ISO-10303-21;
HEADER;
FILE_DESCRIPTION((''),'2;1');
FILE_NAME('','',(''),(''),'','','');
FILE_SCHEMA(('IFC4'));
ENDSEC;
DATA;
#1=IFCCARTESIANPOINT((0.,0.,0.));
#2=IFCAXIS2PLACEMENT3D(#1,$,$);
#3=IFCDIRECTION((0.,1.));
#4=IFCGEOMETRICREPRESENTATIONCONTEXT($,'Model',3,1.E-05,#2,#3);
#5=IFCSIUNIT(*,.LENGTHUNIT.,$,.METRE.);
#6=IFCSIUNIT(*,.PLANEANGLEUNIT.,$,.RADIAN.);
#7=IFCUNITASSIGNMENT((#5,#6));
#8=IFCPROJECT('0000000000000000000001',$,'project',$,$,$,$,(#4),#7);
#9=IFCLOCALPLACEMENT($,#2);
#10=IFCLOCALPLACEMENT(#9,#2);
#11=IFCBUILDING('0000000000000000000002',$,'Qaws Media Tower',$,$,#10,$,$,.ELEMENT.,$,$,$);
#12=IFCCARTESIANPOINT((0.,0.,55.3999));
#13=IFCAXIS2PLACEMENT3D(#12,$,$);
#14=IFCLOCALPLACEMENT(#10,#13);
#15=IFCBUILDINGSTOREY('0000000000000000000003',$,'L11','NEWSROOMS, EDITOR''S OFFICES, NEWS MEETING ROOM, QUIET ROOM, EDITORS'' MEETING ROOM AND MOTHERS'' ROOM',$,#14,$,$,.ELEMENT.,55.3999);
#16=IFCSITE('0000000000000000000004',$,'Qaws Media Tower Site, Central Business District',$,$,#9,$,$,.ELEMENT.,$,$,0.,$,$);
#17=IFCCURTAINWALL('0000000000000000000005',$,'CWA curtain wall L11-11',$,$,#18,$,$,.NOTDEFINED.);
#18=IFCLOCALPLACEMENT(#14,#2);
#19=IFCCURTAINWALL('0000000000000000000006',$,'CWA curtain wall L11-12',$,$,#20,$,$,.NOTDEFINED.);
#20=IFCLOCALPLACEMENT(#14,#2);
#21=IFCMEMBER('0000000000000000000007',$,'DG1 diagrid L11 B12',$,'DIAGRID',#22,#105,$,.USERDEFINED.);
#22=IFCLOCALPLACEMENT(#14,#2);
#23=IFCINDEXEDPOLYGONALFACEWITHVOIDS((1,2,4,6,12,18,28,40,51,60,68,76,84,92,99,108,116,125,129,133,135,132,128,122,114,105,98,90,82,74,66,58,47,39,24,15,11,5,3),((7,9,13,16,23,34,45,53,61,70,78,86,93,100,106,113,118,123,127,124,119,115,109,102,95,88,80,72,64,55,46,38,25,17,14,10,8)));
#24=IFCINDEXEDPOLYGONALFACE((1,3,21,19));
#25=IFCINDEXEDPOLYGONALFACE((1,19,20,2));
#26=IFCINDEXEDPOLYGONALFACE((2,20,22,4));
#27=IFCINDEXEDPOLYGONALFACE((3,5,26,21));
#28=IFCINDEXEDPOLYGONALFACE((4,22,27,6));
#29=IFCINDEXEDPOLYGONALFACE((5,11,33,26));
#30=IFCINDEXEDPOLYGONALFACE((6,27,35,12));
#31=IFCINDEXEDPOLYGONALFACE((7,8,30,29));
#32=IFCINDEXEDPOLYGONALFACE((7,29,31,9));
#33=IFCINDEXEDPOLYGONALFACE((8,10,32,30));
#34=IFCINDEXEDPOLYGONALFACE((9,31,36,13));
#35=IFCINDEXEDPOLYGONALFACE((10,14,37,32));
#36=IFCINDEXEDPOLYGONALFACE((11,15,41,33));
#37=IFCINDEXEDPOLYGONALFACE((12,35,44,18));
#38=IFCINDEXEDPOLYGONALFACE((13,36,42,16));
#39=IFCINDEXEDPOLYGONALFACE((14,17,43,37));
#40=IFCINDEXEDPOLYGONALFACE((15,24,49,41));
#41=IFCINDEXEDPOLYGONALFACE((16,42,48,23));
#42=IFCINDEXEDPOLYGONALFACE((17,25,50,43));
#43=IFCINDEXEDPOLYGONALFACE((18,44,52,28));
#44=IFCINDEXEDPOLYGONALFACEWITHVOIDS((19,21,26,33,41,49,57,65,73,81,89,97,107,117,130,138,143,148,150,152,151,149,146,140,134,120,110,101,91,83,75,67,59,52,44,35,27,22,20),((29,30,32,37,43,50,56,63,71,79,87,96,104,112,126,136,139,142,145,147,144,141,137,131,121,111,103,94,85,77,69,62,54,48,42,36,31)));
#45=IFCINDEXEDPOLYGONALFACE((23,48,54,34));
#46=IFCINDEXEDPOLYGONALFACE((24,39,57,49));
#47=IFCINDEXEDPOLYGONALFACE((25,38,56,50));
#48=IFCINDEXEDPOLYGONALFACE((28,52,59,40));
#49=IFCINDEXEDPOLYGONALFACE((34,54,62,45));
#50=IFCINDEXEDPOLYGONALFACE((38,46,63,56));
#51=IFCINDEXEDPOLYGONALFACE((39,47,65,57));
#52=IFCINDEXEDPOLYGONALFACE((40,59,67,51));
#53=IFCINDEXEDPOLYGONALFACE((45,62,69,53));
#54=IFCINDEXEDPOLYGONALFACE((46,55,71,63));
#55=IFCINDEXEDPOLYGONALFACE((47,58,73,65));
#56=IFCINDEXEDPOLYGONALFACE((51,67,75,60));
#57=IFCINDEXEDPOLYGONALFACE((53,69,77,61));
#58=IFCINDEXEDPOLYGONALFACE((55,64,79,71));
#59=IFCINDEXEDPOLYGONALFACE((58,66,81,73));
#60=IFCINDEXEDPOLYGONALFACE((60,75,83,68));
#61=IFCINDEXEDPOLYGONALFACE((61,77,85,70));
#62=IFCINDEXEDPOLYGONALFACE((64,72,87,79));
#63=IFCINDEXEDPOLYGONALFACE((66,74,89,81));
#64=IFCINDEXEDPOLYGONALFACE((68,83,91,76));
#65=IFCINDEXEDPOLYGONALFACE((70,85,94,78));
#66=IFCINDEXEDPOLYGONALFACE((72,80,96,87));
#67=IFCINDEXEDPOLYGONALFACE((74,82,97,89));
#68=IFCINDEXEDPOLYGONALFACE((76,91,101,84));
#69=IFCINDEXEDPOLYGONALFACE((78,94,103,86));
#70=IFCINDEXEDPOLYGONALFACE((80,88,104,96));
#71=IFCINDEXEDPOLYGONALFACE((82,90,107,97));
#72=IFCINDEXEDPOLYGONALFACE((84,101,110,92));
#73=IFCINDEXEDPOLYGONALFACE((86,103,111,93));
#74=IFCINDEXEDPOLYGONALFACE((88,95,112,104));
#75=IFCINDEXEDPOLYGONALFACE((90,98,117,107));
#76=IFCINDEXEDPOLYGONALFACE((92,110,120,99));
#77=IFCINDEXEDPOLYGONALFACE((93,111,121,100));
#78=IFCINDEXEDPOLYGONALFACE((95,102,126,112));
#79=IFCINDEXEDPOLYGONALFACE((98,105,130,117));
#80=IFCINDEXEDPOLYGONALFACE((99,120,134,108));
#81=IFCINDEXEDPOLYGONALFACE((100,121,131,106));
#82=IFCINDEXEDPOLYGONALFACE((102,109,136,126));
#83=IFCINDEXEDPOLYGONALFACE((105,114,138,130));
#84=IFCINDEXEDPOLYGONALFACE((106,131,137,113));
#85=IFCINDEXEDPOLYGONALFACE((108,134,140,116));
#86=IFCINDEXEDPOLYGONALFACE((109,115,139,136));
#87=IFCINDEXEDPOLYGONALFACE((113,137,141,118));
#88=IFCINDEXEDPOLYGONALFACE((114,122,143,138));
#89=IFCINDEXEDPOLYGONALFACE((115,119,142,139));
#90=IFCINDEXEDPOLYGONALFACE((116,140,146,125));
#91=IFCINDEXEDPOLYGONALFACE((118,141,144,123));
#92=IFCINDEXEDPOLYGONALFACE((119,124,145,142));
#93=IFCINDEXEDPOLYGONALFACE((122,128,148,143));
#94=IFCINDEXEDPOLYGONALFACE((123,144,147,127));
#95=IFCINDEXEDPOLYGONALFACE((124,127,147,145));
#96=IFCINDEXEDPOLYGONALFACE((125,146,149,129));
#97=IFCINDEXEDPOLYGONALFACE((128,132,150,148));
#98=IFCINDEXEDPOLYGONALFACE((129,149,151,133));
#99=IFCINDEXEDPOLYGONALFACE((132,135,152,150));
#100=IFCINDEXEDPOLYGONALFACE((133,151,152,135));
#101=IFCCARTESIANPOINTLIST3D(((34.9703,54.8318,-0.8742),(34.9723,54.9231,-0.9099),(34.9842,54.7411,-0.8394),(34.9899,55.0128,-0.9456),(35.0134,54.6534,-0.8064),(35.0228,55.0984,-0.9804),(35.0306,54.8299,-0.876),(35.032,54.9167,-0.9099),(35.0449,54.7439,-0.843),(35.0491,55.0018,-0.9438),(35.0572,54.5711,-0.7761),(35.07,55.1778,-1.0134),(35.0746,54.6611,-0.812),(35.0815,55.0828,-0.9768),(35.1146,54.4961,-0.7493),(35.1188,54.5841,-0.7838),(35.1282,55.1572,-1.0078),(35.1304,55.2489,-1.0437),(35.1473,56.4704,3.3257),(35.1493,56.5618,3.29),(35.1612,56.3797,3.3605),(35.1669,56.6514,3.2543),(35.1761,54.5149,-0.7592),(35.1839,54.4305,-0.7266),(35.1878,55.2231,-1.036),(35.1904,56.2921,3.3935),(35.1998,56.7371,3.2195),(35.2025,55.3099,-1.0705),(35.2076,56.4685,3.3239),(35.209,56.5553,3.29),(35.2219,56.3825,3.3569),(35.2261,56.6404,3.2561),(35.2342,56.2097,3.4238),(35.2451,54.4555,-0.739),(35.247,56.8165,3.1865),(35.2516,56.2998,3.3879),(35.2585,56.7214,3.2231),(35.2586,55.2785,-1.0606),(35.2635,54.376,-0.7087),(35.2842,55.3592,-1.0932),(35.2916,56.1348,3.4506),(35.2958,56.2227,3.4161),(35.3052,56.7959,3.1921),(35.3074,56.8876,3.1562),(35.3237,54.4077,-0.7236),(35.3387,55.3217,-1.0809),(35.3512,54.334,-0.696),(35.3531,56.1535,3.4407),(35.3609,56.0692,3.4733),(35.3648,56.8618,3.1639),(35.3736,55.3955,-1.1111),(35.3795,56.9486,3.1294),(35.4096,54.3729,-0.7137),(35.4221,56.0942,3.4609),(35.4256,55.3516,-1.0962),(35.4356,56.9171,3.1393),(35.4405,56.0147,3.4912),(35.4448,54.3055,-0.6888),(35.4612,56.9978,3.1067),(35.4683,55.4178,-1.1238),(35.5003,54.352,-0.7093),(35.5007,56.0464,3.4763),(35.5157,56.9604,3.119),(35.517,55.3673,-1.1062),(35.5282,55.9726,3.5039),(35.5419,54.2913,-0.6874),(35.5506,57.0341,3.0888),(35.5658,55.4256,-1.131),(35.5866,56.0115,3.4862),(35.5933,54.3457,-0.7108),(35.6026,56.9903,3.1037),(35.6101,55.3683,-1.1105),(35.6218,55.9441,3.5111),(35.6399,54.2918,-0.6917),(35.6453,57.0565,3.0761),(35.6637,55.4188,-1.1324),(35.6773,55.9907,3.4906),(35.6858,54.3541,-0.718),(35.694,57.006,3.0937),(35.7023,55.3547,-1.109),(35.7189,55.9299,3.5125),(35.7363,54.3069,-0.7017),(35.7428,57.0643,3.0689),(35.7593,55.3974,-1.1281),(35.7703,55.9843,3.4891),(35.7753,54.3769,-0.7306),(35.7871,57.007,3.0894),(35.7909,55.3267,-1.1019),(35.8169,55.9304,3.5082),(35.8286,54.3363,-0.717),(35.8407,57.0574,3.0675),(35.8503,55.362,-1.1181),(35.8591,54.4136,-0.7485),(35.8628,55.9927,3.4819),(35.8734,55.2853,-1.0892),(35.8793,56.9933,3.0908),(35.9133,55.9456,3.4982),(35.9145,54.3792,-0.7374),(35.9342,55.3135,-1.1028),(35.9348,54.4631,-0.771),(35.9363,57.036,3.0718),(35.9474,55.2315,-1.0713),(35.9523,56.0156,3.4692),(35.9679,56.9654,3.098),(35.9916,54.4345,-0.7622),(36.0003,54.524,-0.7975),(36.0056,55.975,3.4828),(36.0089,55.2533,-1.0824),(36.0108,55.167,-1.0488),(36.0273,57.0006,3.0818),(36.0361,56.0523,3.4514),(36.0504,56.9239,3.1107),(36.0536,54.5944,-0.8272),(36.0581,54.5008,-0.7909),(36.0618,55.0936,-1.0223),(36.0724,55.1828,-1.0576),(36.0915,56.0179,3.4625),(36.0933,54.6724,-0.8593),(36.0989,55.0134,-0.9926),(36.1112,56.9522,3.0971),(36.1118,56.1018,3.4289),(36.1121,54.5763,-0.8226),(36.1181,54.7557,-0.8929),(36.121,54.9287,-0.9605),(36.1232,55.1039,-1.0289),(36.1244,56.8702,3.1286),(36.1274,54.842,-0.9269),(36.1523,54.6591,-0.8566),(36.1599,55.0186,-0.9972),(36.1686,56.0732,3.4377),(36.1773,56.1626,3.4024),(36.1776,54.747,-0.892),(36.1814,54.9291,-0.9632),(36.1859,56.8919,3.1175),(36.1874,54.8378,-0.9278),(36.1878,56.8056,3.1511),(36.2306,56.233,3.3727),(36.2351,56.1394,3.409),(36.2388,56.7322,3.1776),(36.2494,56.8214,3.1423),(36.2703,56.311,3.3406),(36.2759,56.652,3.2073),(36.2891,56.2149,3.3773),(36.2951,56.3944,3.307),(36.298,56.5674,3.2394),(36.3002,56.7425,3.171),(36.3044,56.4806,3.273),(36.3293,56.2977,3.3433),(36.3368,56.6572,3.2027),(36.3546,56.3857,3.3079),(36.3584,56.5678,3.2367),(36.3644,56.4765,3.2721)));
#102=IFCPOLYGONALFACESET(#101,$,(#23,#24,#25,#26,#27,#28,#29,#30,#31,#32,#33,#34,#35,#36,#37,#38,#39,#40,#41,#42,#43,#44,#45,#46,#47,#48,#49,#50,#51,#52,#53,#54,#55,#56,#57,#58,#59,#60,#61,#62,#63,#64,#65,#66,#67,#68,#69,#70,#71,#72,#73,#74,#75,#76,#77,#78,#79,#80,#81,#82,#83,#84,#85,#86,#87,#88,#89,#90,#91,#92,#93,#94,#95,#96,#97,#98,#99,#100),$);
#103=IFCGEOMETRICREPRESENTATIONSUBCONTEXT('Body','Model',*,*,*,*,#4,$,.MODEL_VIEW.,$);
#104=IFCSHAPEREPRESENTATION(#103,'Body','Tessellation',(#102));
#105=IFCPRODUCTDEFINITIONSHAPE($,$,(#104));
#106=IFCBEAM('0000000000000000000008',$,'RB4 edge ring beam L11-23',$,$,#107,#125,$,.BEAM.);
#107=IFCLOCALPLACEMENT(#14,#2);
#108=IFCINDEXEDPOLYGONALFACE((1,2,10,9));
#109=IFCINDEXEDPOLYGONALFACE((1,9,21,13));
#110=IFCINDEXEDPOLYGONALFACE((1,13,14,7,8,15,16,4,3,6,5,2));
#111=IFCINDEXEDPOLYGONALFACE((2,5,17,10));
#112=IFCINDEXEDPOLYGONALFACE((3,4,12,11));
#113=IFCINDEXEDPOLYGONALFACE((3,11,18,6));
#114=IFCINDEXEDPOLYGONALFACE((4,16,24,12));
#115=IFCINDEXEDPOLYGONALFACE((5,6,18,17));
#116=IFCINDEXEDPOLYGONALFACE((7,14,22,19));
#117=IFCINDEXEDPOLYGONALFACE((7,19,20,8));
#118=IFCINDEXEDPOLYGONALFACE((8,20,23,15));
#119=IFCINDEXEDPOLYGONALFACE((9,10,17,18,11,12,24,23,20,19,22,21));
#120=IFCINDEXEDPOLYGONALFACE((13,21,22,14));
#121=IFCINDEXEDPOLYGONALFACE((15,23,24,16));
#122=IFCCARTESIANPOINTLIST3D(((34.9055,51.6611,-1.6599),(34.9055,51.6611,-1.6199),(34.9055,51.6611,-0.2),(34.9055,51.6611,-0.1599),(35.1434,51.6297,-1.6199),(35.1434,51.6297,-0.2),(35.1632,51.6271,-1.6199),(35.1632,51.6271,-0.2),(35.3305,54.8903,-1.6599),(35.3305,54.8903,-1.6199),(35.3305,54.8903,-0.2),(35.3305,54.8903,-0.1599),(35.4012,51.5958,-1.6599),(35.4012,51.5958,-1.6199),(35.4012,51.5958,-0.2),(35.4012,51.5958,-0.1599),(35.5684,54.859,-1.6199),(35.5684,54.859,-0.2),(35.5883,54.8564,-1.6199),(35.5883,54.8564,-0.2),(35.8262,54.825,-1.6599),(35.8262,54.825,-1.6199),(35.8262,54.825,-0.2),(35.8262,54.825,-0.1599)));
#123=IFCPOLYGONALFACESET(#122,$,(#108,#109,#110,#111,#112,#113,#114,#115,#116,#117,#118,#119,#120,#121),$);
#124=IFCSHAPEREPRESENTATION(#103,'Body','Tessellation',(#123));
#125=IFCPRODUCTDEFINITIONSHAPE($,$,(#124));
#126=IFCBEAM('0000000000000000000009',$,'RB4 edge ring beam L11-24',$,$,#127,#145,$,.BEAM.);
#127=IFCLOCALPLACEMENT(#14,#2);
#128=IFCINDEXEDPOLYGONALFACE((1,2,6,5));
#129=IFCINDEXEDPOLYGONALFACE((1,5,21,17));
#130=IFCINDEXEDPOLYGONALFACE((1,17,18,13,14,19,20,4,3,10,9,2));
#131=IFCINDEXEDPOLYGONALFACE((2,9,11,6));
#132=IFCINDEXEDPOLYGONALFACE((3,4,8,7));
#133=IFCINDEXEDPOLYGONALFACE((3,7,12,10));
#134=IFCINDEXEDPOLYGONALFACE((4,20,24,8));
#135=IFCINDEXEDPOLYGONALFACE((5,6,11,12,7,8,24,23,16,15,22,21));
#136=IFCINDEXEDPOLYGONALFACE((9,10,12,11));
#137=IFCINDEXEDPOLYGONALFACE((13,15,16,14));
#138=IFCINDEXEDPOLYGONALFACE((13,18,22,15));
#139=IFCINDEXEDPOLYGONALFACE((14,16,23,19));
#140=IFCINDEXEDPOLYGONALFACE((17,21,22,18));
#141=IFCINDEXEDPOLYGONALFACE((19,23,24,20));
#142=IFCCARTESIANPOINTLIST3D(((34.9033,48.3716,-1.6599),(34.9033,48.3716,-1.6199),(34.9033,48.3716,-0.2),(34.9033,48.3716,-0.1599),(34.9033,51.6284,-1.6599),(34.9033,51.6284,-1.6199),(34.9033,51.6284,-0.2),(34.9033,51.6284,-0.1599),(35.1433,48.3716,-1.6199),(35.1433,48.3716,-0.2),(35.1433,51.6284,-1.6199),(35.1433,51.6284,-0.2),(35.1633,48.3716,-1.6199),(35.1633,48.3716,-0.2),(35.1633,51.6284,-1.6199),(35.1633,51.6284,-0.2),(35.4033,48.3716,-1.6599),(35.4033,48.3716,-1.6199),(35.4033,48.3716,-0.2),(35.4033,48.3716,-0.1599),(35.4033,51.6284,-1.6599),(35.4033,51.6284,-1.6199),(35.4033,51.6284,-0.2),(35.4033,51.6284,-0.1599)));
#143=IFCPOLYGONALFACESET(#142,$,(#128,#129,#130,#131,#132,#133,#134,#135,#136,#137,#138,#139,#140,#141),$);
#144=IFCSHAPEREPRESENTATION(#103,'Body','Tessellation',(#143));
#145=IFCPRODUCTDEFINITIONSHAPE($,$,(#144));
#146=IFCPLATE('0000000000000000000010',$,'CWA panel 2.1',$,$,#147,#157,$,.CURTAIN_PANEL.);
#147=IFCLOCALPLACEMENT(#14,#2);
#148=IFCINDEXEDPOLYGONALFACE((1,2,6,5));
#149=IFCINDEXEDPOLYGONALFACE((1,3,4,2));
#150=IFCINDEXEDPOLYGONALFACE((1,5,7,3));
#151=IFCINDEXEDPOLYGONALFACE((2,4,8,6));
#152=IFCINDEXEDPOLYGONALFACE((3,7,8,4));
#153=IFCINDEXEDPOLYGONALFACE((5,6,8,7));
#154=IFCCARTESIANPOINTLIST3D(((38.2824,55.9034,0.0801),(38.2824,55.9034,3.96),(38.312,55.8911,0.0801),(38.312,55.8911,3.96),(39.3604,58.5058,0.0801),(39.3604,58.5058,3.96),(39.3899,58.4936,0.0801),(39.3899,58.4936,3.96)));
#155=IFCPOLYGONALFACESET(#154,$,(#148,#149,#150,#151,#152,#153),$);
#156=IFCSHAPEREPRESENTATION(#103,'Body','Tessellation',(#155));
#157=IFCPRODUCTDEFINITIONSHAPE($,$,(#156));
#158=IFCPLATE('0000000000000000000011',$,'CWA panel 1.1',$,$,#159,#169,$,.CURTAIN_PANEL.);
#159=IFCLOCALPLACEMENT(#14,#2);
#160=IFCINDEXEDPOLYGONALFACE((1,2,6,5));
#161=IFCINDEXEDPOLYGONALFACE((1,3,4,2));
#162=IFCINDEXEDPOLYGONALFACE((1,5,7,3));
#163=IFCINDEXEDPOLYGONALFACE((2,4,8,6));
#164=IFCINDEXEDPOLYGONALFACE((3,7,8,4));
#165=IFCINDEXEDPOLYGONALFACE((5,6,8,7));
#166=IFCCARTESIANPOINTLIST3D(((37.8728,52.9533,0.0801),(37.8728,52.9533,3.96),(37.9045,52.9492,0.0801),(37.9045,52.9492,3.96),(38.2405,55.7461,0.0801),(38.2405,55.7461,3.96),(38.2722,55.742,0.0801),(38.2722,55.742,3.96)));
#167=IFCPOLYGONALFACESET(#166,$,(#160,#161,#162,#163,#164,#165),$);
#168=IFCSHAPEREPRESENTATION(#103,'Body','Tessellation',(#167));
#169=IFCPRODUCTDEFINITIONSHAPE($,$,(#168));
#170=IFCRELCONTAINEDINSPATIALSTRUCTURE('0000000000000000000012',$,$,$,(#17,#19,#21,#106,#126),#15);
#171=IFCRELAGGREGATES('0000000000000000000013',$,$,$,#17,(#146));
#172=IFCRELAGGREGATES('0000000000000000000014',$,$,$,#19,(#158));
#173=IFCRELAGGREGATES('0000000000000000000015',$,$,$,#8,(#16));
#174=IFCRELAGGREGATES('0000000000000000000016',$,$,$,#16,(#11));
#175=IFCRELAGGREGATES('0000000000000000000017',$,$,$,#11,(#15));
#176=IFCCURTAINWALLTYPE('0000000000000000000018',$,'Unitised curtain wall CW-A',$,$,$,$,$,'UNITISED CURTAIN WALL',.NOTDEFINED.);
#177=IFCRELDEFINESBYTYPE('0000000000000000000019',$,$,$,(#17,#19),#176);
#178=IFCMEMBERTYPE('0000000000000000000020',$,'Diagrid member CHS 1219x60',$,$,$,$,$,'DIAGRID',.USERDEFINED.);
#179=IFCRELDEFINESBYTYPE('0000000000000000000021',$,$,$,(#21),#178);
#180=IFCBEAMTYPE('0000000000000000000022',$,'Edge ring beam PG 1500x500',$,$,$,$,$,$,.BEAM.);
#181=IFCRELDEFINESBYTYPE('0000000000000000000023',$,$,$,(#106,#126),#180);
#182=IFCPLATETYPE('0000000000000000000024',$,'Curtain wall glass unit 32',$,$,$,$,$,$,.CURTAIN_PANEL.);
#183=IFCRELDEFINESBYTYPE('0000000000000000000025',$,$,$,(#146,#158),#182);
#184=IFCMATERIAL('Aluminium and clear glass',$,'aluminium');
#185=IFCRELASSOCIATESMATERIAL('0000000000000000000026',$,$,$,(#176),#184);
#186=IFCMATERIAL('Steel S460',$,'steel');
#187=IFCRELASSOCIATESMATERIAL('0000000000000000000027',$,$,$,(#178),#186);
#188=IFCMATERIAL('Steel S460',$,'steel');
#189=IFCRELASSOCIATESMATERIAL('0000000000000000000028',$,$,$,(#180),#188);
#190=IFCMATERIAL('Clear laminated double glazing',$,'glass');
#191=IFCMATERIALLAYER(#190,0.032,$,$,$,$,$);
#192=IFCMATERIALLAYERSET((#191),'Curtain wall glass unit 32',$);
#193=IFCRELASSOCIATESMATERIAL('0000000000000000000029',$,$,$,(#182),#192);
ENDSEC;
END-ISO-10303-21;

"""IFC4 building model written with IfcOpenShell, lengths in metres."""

from ifc_helpers import new_model, si_unit, direction, frame, origin, origin_2d, place, context, subcontext, project, spatial, rectangle, hollow_circle, i_section, extrude, material, layer, layer_set, material_profile, profile_set, type_object, element, aggregate, save


model = new_model("IFC4")

# Units and contexts
model_context = context("Model", 3, precision=1e-05, world=origin(), true_north=direction((0.0, 1.0)))
body_context = subcontext(model_context, "Body", "Model", "MODEL_VIEW")
ifc_project = project(units=[si_unit("LENGTHUNIT", "METRE"), si_unit("PLANEANGLEUNIT", "RADIAN")], contexts=[model_context])

# Site, building, storey
site_placement = place(None, origin())
site = spatial("IfcSite", under=ifc_project, at=site_placement, Name="Qaws Media Tower Site, Central Business District", CompositionType="ELEMENT", RefElevation=0.0)
building_placement = place(site_placement, origin())
building = spatial("IfcBuilding", under=site, at=building_placement, Name="Qaws Media Tower", CompositionType="ELEMENT")
storey_placement = place(building_placement, frame((0.0, 0.0, 55.3999)))
storey = spatial("IfcBuildingStorey", under=building, at=storey_placement, Name="L11", Description="NEWSROOMS, EDITOR'S OFFICES, NEWS MEETING ROOM, QUIET ROOM, EDITORS' MEETING ROOM AND MOTHERS' ROOM", CompositionType="ELEMENT", Elevation=55.3999)

# Curtain wall
ifc_material_1 = material(Name="Aluminium and clear glass", Category="aluminium")
curtain_wall_type = type_object("IfcCurtainWallType", Name="Unitised curtain wall CW-A", ElementType="UNITISED CURTAIN WALL", PredefinedType="NOTDEFINED", material=ifc_material_1)
curtain_wall_1_placement = place(storey_placement, origin())
curtain_wall_1 = element("IfcCurtainWall", 1, at=curtain_wall_1_placement, inside=storey, type_object=curtain_wall_type, Name="CWA curtain wall L11-11", PredefinedType="NOTDEFINED")

# Curtain wall
curtain_wall_2_placement = place(storey_placement, origin())
curtain_wall_2 = element("IfcCurtainWall", 2, at=curtain_wall_2_placement, inside=storey, type_object=curtain_wall_type, Name="CWA curtain wall L11-12", PredefinedType="NOTDEFINED")

# Member
ifc_material_2 = material(Name="Steel S460", Category="steel")
ifc_material_profile_1 = material_profile(ifc_material_2, hollow_circle(Radius=0.6096, WallThickness=0.0601, at=origin_2d()), Name="CHS 1219x60")
ifc_profile_set_1 = profile_set([ifc_material_profile_1], Name="Steel S460")
member_type_1 = type_object("IfcMemberType", Name="Diagrid member CHS 1219x60", ElementType="DIAGRID", PredefinedType="USERDEFINED", material=ifc_profile_set_1)
for number, where, z_axis, x_axis, name in (
    (3, (35.5784, 54.8577, -0.9099), (0.039231, 0.363198, 0.930885), (-0.994217, 0.107391, 0.0), "DG1 diagrid L11 B12"),
):
    element("IfcMember", number, at=place(storey_placement, frame(where, z_axis=z_axis, x_axis=x_axis)), inside=storey, type_object=member_type_1, Name=name, ObjectType="DIAGRID", PredefinedType="USERDEFINED", context=body_context, shape_type="SweptSolid", body=[
        extrude(hollow_circle(Radius=0.6096, WallThickness=0.0601, at=origin_2d()), origin(), (0.0, 0.0, 1.0), 4.5117),
    ])

# Beams
ifc_material_3 = material(Name="Steel S460", Category="steel")
ifc_material_profile_2 = material_profile(ifc_material_3, i_section(OverallWidth=0.5, OverallDepth=1.5, WebThickness=0.02, FlangeThickness=0.04, at=origin_2d()), Name="PG 1500x500")
ifc_profile_set_2 = profile_set([ifc_material_profile_2], Name="Steel S460")
beam_type = type_object("IfcBeamType", Name="Edge ring beam PG 1500x500", PredefinedType="BEAM", material=ifc_profile_set_2)
beam_1_placement = place(storey_placement, frame((35.5784, 54.8577, -0.9099), z_axis=(-0.130499, -0.991448, 0.0), x_axis=(0.991448, -0.130499, 0.0)))
element("IfcBeam", 4, at=beam_1_placement, inside=storey, type_object=beam_type, Name="RB4 edge ring beam L11-23", PredefinedType="BEAM", context=body_context, shape_type="SweptSolid", body=[
    extrude(i_section(OverallWidth=0.5, OverallDepth=1.5, WebThickness=0.02, FlangeThickness=0.04, at=origin_2d()), origin(), (0.0, 0.0, 1.0), 3.2571),
])
beam_2_placement = place(storey_placement, frame((35.1533, 51.6284, -0.9099), z_axis=(0.0, -1.0, 0.0), x_axis=(1.0, 0.0, 0.0)))
element("IfcBeam", 5, at=beam_2_placement, inside=storey, type_object=beam_type, Name="RB4 edge ring beam L11-24", PredefinedType="BEAM", context=body_context, shape_type="SweptSolid", body=[
    extrude(i_section(OverallWidth=0.5, OverallDepth=1.5, WebThickness=0.02, FlangeThickness=0.04, at=origin_2d()), origin(), (0.0, 0.0, 1.0), 3.2568),
])

# Plates
ifc_material_4 = material(Name="Clear laminated double glazing", Category="glass")
ifc_layer_1 = layer(ifc_material_4, 0.032)
ifc_layer_set_1 = layer_set([ifc_layer_1], Name="Curtain wall glass unit 32")
plate_type = type_object("IfcPlateType", Name="Curtain wall glass unit 32", PredefinedType="CURTAIN_PANEL", material=ifc_layer_set_1)
plate_1_placement = place(storey_placement, frame((38.8362, 57.1985, 0.0801), z_axis=(0.0, 0.0, 1.0), x_axis=(-0.382683, -0.92388, 0.0)))
plate_1 = element("IfcPlate", 6, at=plate_1_placement, type_object=plate_type, Name="CWA panel 2.1", PredefinedType="CURTAIN_PANEL", context=body_context, shape_type="SweptSolid", body=[
    extrude(rectangle(XDim=2.8169, YDim=0.032, at=origin_2d()), origin(), (0.0, 0.0, 1.0), 3.8799),
])
aggregate(curtain_wall_1, [plate_1])
plate_2_placement = place(storey_placement, frame((38.0725, 54.3477, 0.0801), z_axis=(0.0, 0.0, 1.0), x_axis=(-0.130526, -0.991445, 0.0)))
plate_2 = element("IfcPlate", 7, at=plate_2_placement, type_object=plate_type, Name="CWA panel 1.1", PredefinedType="CURTAIN_PANEL", context=body_context, shape_type="SweptSolid", body=[
    extrude(rectangle(XDim=2.8169, YDim=0.032, at=origin_2d()), origin(), (0.0, 0.0, 1.0), 3.8799),
])
aggregate(curtain_wall_2, [plate_2])

save(model, "model.ifc")
